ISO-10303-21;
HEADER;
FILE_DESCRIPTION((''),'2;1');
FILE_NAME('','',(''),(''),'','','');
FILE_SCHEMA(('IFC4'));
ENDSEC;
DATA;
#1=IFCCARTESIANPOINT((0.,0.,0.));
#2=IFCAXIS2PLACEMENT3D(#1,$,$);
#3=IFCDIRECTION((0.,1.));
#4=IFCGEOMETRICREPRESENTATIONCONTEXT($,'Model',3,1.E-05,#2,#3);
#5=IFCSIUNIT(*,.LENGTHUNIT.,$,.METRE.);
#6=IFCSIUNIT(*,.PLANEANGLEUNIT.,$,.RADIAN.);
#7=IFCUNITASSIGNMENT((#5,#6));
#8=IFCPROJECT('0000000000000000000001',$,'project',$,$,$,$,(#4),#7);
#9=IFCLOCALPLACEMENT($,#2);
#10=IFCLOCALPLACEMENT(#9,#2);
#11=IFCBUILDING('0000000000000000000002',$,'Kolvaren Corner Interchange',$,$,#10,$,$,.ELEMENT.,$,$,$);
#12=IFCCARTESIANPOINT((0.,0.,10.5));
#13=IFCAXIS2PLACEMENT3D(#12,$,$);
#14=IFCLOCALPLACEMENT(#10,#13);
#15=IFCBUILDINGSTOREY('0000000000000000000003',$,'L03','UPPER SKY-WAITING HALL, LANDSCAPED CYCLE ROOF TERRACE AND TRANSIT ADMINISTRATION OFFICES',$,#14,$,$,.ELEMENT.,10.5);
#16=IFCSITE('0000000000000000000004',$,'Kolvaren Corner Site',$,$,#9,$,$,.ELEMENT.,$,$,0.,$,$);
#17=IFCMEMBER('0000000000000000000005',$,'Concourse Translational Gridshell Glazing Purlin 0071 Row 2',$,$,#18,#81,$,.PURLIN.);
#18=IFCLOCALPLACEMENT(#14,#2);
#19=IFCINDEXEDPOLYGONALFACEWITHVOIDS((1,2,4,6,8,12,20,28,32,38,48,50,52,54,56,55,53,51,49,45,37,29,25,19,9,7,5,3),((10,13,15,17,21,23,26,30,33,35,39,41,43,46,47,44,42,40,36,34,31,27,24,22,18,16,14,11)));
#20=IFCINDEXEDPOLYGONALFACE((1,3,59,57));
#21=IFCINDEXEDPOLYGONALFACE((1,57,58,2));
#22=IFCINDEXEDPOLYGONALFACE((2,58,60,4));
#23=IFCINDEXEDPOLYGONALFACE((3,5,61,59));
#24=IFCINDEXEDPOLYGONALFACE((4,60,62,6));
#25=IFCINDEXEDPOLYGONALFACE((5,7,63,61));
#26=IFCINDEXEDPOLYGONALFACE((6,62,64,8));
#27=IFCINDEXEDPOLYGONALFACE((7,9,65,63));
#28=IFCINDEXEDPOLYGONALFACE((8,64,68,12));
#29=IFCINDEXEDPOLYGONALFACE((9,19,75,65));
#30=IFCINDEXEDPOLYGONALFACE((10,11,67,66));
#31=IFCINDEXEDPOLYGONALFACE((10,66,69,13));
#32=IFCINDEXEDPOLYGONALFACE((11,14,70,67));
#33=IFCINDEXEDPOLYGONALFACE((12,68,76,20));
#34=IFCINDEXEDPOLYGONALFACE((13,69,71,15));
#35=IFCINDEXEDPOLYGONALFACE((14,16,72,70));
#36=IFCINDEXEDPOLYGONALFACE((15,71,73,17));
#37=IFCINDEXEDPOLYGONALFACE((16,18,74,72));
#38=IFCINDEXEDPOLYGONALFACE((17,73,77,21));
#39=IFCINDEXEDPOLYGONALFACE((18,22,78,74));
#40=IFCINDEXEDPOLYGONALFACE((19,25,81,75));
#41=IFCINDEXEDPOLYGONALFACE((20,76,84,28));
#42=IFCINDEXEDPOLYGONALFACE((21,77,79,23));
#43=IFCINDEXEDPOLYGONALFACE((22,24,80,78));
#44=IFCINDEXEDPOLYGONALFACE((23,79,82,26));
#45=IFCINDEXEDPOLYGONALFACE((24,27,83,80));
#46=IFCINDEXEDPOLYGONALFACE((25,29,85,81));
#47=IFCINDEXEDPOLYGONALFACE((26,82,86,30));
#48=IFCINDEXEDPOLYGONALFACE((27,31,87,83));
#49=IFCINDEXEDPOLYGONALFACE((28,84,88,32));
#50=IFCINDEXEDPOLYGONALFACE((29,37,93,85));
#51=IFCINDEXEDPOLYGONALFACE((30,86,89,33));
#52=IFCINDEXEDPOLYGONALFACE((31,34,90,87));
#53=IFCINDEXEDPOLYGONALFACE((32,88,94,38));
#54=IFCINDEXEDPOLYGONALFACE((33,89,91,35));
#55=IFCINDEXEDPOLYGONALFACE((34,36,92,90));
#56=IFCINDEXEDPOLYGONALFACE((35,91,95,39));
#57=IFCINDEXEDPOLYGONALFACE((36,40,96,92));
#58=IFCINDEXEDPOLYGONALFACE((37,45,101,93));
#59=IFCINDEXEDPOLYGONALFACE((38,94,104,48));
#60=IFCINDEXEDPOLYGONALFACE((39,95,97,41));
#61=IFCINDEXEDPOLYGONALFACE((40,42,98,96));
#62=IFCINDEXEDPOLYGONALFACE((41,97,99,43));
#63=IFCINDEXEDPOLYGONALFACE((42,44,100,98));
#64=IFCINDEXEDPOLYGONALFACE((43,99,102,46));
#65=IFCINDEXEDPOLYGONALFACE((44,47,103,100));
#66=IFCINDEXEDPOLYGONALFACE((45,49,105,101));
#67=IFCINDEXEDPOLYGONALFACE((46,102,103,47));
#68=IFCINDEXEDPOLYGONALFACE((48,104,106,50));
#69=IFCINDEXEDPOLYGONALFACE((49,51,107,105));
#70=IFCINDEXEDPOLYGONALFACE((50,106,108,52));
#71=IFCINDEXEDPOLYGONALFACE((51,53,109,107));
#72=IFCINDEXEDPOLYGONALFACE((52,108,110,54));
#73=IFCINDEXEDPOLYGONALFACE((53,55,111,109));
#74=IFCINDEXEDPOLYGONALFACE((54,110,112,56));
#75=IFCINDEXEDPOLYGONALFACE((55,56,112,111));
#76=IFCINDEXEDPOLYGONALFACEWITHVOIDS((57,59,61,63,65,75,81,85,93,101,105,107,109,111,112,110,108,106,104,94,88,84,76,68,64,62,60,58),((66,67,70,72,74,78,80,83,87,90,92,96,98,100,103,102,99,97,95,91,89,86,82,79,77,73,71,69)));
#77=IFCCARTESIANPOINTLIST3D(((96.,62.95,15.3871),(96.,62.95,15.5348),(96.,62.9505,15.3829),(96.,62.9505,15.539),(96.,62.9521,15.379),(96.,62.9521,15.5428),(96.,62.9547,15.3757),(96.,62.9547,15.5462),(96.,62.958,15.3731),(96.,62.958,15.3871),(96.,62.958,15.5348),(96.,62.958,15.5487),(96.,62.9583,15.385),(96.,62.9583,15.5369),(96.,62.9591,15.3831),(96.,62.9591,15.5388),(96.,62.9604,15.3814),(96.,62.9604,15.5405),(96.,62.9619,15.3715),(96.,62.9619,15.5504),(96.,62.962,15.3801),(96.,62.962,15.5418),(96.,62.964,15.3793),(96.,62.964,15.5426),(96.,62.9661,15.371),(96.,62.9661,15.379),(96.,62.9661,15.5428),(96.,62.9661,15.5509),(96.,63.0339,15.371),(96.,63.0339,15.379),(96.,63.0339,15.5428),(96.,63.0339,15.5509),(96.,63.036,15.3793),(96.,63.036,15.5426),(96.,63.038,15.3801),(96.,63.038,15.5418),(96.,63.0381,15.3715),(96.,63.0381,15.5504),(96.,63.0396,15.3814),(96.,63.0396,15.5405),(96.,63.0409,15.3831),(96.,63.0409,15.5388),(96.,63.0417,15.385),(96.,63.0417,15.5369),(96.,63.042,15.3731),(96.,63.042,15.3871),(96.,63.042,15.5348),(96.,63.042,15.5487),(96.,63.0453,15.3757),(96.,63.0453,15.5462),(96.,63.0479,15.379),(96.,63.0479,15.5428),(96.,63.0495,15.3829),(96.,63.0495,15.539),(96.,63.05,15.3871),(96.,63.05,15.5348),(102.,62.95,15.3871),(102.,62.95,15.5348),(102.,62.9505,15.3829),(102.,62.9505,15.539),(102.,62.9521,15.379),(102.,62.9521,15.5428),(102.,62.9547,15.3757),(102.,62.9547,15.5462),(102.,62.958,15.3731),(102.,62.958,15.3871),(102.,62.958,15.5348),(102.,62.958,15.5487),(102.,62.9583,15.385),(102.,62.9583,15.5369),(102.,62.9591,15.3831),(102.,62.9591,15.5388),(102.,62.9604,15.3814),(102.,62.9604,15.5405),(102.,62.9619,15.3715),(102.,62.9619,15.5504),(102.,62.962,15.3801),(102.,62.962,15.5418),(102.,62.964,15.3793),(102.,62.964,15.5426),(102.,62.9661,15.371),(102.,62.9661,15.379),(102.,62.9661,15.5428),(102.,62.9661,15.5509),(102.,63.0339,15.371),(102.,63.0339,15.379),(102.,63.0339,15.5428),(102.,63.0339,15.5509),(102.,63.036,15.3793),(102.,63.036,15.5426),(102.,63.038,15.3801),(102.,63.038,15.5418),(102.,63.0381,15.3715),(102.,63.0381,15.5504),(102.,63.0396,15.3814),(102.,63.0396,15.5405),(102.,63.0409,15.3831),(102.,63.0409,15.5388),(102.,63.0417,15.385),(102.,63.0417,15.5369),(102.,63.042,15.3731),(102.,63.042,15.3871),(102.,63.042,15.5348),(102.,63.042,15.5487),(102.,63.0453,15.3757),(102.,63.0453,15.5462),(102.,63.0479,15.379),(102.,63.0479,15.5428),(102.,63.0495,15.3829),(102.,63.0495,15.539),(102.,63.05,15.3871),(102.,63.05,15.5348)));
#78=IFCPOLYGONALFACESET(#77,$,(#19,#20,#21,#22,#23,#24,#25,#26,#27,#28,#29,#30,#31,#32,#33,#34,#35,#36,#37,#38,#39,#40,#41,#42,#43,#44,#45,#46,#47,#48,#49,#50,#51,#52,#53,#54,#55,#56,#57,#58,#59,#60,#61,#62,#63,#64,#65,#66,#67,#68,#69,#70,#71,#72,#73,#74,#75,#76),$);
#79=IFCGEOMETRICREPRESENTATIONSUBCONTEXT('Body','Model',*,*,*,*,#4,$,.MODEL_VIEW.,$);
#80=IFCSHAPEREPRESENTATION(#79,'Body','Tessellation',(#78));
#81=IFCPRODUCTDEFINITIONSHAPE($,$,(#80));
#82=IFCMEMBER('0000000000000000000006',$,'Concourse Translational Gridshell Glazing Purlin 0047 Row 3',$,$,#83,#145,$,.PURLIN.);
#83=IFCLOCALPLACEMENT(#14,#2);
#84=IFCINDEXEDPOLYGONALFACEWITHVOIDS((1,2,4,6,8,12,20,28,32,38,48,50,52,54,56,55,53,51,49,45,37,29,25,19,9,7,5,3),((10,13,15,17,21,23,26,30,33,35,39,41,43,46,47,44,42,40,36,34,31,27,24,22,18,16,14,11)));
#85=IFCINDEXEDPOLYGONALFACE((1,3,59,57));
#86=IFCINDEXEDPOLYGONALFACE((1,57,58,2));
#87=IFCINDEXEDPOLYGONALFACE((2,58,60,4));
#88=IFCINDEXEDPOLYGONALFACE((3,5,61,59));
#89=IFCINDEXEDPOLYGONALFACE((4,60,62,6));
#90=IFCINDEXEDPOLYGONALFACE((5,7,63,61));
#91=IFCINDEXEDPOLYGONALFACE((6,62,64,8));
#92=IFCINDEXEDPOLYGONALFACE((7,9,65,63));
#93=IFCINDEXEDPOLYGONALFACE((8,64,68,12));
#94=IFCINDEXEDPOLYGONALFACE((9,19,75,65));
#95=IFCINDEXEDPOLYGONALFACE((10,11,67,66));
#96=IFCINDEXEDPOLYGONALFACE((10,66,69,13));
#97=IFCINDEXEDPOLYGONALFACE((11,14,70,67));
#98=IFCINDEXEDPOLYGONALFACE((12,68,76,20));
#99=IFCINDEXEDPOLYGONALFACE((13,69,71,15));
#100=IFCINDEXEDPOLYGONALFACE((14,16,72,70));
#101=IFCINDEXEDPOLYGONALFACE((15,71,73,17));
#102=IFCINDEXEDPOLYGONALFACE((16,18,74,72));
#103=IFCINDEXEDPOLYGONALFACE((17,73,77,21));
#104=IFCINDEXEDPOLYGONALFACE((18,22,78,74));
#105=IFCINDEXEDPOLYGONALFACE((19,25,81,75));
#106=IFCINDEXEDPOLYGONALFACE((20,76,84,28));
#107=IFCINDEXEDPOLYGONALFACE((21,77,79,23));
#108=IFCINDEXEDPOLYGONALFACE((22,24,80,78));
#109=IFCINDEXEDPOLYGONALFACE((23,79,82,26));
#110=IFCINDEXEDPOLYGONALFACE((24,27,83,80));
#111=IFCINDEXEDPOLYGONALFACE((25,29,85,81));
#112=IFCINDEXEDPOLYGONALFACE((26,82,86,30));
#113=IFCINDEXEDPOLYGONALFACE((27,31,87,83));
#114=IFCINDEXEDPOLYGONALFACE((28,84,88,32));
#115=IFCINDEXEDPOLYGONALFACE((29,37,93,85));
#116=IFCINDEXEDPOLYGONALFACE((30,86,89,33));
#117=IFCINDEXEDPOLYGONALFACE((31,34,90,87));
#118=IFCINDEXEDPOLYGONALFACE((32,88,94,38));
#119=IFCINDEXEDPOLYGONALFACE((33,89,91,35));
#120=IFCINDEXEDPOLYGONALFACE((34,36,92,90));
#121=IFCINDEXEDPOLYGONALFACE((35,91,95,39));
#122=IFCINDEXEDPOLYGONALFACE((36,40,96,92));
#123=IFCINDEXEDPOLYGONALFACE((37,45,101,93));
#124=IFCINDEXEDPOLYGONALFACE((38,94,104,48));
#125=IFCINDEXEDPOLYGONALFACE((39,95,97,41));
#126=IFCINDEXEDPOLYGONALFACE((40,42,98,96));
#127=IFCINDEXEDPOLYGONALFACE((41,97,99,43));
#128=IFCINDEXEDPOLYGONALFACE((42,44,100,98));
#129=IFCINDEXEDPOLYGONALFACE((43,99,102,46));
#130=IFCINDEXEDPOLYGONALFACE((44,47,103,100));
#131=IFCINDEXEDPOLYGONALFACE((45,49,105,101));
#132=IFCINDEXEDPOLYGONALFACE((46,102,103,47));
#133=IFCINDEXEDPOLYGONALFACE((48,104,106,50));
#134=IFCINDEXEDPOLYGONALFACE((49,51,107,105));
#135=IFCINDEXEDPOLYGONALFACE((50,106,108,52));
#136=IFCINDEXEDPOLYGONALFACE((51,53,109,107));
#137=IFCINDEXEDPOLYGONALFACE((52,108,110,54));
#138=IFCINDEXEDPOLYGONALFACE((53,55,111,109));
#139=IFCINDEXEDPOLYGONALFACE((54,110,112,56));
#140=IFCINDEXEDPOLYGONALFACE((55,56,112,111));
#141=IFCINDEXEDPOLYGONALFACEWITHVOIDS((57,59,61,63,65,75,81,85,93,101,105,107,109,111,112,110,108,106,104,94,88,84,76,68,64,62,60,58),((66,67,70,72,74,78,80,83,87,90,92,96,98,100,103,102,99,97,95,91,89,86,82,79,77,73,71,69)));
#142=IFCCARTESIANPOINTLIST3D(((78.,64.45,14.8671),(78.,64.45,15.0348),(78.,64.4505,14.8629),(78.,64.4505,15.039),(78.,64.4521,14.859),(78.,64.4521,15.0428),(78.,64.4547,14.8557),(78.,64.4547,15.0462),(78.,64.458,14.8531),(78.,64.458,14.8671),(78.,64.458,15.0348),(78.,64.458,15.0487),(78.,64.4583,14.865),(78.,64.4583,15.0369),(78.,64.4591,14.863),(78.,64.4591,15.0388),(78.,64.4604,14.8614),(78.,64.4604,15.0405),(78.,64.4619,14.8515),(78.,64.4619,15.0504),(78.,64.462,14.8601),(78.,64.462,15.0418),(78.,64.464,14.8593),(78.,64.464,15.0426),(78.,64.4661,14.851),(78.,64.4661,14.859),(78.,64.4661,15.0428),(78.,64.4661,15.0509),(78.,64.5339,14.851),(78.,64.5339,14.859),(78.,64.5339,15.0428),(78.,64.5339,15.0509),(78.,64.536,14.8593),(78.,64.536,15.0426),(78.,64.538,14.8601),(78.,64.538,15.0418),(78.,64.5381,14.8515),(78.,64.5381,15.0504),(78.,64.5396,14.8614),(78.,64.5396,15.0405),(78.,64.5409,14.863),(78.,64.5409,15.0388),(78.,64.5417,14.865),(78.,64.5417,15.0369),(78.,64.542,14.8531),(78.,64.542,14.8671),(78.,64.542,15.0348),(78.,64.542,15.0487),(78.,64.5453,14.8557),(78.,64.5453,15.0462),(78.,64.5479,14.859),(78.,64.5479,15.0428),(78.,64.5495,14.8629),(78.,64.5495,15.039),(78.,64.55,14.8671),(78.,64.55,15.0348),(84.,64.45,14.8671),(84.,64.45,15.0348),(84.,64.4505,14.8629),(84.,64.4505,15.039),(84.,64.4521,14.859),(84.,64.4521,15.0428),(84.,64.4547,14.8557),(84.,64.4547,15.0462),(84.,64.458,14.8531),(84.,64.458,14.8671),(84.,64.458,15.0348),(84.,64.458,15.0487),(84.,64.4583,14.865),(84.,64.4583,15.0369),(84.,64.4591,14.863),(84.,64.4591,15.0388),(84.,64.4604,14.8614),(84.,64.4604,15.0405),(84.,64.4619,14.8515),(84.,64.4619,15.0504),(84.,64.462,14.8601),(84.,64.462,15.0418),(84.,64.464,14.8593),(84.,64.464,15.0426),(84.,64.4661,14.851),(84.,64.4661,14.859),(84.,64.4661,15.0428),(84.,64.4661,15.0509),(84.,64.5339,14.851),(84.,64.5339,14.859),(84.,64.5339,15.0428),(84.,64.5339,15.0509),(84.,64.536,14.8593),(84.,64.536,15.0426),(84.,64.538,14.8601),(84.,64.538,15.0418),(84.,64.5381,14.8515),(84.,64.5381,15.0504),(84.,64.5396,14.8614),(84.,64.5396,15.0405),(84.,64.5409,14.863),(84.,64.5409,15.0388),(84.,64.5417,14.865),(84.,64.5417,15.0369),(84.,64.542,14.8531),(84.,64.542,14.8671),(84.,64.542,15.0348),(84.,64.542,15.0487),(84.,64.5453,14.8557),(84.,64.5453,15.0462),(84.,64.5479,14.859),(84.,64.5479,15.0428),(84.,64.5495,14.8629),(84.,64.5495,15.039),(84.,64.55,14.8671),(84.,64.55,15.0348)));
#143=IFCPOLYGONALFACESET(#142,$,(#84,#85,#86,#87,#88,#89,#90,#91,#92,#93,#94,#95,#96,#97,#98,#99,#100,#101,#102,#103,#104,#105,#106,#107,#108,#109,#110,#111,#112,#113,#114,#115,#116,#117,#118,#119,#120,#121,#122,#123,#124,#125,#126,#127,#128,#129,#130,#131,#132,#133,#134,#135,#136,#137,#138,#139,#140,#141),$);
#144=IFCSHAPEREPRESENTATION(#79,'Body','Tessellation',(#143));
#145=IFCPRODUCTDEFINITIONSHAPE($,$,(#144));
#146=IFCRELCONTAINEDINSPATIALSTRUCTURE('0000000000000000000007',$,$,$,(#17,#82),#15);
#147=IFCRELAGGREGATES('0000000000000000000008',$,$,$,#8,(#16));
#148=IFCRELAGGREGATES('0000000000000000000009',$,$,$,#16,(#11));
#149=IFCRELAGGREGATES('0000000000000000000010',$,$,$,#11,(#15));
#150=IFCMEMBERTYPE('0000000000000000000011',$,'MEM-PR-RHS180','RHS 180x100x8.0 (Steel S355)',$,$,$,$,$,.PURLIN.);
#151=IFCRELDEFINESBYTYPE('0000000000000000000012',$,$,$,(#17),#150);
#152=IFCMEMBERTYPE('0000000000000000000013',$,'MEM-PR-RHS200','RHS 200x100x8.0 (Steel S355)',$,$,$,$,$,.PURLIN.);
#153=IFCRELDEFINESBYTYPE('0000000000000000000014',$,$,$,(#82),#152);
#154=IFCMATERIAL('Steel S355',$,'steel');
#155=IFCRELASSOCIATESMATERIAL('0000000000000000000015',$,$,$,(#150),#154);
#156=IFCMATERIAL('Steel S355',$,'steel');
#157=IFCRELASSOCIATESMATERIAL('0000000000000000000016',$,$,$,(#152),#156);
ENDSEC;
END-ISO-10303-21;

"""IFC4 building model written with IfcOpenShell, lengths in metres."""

from ifc_helpers import new_model, si_unit, direction, frame, origin, origin_2d, place, context, subcontext, project, spatial, hollow_rectangle, extrude, material, material_profile, profile_set, type_object, element, save


model = new_model("IFC4")

# Units and contexts
model_context = context("Model", 3, precision=1e-05, world=origin(), true_north=direction((0.0, 1.0)))
body_context = subcontext(model_context, "Body", "Model", "MODEL_VIEW")
ifc_project = project(units=[si_unit("LENGTHUNIT", "METRE"), si_unit("PLANEANGLEUNIT", "RADIAN")], contexts=[model_context])

# Site, building, storey
site_placement = place(None, origin())
site = spatial("IfcSite", under=ifc_project, at=site_placement, Name="Kolvaren Corner Site", CompositionType="ELEMENT", RefElevation=0.0)
building_placement = place(site_placement, origin())
building = spatial("IfcBuilding", under=site, at=building_placement, Name="Kolvaren Corner Interchange", CompositionType="ELEMENT")
storey_placement = place(building_placement, frame((0.0, 0.0, 10.5)))
storey = spatial("IfcBuildingStorey", under=building, at=storey_placement, Name="L03", Description="UPPER SKY-WAITING HALL, LANDSCAPED CYCLE ROOF TERRACE AND TRANSIT ADMINISTRATION OFFICES", CompositionType="ELEMENT", Elevation=10.5)

# Members
ifc_material_1 = material(Name="Steel S355", Category="steel")
ifc_material_profile_1 = material_profile(ifc_material_1, hollow_rectangle(XDim=0.1001, YDim=0.1799, WallThickness=0.0081, InnerFilletRadius=0.0081, OuterFilletRadius=0.0161, at=origin_2d()), Name="RHS 180x100x8.0")
ifc_profile_set_1 = profile_set([ifc_material_profile_1], Name="Steel S355")
member_type_1 = type_object("IfcMemberType", Name="MEM-PR-RHS180", Description="RHS 180x100x8.0 (Steel S355)", PredefinedType="PURLIN", material=ifc_profile_set_1)
for number, where, z_axis, x_axis, name in (
    (1, (96.0, 63.0, 15.4609), (1.0, 0.0, 0.0), (0.0, 1.0, 0.0), "Concourse Translational Gridshell Glazing Purlin 0071 Row 2"),
):
    element("IfcMember", number, at=place(storey_placement, frame(where, z_axis=z_axis, x_axis=x_axis)), inside=storey, type_object=member_type_1, Name=name, PredefinedType="PURLIN", context=body_context, shape_type="SweptSolid", body=[
        extrude(hollow_rectangle(XDim=0.1001, YDim=0.1799, WallThickness=0.0081, InnerFilletRadius=0.0081, OuterFilletRadius=0.0161, at=origin_2d()), origin(), (0.0, 0.0, 1.0), 6.0),
    ])
ifc_material_2 = material(Name="Steel S355", Category="steel")
ifc_material_profile_2 = material_profile(ifc_material_2, hollow_rectangle(XDim=0.1001, YDim=0.2, WallThickness=0.0081, InnerFilletRadius=0.0081, OuterFilletRadius=0.0161, at=origin_2d()), Name="RHS 200x100x8.0")
ifc_profile_set_2 = profile_set([ifc_material_profile_2], Name="Steel S355")
member_type_2 = type_object("IfcMemberType", Name="MEM-PR-RHS200", Description="RHS 200x100x8.0 (Steel S355)", PredefinedType="PURLIN", material=ifc_profile_set_2)
for number, where, z_axis, x_axis, name in (
    (2, (78.0, 64.5, 14.9509), (1.0, 0.0, 0.0), (0.0, 1.0, 0.0), "Concourse Translational Gridshell Glazing Purlin 0047 Row 3"),
):
    element("IfcMember", number, at=place(storey_placement, frame(where, z_axis=z_axis, x_axis=x_axis)), inside=storey, type_object=member_type_2, Name=name, PredefinedType="PURLIN", context=body_context, shape_type="SweptSolid", body=[
        extrude(hollow_rectangle(XDim=0.1001, YDim=0.2, WallThickness=0.0081, InnerFilletRadius=0.0081, OuterFilletRadius=0.0161, at=origin_2d()), origin(), (0.0, 0.0, 1.0), 6.0),
    ])

save(model, "model.ifc")
